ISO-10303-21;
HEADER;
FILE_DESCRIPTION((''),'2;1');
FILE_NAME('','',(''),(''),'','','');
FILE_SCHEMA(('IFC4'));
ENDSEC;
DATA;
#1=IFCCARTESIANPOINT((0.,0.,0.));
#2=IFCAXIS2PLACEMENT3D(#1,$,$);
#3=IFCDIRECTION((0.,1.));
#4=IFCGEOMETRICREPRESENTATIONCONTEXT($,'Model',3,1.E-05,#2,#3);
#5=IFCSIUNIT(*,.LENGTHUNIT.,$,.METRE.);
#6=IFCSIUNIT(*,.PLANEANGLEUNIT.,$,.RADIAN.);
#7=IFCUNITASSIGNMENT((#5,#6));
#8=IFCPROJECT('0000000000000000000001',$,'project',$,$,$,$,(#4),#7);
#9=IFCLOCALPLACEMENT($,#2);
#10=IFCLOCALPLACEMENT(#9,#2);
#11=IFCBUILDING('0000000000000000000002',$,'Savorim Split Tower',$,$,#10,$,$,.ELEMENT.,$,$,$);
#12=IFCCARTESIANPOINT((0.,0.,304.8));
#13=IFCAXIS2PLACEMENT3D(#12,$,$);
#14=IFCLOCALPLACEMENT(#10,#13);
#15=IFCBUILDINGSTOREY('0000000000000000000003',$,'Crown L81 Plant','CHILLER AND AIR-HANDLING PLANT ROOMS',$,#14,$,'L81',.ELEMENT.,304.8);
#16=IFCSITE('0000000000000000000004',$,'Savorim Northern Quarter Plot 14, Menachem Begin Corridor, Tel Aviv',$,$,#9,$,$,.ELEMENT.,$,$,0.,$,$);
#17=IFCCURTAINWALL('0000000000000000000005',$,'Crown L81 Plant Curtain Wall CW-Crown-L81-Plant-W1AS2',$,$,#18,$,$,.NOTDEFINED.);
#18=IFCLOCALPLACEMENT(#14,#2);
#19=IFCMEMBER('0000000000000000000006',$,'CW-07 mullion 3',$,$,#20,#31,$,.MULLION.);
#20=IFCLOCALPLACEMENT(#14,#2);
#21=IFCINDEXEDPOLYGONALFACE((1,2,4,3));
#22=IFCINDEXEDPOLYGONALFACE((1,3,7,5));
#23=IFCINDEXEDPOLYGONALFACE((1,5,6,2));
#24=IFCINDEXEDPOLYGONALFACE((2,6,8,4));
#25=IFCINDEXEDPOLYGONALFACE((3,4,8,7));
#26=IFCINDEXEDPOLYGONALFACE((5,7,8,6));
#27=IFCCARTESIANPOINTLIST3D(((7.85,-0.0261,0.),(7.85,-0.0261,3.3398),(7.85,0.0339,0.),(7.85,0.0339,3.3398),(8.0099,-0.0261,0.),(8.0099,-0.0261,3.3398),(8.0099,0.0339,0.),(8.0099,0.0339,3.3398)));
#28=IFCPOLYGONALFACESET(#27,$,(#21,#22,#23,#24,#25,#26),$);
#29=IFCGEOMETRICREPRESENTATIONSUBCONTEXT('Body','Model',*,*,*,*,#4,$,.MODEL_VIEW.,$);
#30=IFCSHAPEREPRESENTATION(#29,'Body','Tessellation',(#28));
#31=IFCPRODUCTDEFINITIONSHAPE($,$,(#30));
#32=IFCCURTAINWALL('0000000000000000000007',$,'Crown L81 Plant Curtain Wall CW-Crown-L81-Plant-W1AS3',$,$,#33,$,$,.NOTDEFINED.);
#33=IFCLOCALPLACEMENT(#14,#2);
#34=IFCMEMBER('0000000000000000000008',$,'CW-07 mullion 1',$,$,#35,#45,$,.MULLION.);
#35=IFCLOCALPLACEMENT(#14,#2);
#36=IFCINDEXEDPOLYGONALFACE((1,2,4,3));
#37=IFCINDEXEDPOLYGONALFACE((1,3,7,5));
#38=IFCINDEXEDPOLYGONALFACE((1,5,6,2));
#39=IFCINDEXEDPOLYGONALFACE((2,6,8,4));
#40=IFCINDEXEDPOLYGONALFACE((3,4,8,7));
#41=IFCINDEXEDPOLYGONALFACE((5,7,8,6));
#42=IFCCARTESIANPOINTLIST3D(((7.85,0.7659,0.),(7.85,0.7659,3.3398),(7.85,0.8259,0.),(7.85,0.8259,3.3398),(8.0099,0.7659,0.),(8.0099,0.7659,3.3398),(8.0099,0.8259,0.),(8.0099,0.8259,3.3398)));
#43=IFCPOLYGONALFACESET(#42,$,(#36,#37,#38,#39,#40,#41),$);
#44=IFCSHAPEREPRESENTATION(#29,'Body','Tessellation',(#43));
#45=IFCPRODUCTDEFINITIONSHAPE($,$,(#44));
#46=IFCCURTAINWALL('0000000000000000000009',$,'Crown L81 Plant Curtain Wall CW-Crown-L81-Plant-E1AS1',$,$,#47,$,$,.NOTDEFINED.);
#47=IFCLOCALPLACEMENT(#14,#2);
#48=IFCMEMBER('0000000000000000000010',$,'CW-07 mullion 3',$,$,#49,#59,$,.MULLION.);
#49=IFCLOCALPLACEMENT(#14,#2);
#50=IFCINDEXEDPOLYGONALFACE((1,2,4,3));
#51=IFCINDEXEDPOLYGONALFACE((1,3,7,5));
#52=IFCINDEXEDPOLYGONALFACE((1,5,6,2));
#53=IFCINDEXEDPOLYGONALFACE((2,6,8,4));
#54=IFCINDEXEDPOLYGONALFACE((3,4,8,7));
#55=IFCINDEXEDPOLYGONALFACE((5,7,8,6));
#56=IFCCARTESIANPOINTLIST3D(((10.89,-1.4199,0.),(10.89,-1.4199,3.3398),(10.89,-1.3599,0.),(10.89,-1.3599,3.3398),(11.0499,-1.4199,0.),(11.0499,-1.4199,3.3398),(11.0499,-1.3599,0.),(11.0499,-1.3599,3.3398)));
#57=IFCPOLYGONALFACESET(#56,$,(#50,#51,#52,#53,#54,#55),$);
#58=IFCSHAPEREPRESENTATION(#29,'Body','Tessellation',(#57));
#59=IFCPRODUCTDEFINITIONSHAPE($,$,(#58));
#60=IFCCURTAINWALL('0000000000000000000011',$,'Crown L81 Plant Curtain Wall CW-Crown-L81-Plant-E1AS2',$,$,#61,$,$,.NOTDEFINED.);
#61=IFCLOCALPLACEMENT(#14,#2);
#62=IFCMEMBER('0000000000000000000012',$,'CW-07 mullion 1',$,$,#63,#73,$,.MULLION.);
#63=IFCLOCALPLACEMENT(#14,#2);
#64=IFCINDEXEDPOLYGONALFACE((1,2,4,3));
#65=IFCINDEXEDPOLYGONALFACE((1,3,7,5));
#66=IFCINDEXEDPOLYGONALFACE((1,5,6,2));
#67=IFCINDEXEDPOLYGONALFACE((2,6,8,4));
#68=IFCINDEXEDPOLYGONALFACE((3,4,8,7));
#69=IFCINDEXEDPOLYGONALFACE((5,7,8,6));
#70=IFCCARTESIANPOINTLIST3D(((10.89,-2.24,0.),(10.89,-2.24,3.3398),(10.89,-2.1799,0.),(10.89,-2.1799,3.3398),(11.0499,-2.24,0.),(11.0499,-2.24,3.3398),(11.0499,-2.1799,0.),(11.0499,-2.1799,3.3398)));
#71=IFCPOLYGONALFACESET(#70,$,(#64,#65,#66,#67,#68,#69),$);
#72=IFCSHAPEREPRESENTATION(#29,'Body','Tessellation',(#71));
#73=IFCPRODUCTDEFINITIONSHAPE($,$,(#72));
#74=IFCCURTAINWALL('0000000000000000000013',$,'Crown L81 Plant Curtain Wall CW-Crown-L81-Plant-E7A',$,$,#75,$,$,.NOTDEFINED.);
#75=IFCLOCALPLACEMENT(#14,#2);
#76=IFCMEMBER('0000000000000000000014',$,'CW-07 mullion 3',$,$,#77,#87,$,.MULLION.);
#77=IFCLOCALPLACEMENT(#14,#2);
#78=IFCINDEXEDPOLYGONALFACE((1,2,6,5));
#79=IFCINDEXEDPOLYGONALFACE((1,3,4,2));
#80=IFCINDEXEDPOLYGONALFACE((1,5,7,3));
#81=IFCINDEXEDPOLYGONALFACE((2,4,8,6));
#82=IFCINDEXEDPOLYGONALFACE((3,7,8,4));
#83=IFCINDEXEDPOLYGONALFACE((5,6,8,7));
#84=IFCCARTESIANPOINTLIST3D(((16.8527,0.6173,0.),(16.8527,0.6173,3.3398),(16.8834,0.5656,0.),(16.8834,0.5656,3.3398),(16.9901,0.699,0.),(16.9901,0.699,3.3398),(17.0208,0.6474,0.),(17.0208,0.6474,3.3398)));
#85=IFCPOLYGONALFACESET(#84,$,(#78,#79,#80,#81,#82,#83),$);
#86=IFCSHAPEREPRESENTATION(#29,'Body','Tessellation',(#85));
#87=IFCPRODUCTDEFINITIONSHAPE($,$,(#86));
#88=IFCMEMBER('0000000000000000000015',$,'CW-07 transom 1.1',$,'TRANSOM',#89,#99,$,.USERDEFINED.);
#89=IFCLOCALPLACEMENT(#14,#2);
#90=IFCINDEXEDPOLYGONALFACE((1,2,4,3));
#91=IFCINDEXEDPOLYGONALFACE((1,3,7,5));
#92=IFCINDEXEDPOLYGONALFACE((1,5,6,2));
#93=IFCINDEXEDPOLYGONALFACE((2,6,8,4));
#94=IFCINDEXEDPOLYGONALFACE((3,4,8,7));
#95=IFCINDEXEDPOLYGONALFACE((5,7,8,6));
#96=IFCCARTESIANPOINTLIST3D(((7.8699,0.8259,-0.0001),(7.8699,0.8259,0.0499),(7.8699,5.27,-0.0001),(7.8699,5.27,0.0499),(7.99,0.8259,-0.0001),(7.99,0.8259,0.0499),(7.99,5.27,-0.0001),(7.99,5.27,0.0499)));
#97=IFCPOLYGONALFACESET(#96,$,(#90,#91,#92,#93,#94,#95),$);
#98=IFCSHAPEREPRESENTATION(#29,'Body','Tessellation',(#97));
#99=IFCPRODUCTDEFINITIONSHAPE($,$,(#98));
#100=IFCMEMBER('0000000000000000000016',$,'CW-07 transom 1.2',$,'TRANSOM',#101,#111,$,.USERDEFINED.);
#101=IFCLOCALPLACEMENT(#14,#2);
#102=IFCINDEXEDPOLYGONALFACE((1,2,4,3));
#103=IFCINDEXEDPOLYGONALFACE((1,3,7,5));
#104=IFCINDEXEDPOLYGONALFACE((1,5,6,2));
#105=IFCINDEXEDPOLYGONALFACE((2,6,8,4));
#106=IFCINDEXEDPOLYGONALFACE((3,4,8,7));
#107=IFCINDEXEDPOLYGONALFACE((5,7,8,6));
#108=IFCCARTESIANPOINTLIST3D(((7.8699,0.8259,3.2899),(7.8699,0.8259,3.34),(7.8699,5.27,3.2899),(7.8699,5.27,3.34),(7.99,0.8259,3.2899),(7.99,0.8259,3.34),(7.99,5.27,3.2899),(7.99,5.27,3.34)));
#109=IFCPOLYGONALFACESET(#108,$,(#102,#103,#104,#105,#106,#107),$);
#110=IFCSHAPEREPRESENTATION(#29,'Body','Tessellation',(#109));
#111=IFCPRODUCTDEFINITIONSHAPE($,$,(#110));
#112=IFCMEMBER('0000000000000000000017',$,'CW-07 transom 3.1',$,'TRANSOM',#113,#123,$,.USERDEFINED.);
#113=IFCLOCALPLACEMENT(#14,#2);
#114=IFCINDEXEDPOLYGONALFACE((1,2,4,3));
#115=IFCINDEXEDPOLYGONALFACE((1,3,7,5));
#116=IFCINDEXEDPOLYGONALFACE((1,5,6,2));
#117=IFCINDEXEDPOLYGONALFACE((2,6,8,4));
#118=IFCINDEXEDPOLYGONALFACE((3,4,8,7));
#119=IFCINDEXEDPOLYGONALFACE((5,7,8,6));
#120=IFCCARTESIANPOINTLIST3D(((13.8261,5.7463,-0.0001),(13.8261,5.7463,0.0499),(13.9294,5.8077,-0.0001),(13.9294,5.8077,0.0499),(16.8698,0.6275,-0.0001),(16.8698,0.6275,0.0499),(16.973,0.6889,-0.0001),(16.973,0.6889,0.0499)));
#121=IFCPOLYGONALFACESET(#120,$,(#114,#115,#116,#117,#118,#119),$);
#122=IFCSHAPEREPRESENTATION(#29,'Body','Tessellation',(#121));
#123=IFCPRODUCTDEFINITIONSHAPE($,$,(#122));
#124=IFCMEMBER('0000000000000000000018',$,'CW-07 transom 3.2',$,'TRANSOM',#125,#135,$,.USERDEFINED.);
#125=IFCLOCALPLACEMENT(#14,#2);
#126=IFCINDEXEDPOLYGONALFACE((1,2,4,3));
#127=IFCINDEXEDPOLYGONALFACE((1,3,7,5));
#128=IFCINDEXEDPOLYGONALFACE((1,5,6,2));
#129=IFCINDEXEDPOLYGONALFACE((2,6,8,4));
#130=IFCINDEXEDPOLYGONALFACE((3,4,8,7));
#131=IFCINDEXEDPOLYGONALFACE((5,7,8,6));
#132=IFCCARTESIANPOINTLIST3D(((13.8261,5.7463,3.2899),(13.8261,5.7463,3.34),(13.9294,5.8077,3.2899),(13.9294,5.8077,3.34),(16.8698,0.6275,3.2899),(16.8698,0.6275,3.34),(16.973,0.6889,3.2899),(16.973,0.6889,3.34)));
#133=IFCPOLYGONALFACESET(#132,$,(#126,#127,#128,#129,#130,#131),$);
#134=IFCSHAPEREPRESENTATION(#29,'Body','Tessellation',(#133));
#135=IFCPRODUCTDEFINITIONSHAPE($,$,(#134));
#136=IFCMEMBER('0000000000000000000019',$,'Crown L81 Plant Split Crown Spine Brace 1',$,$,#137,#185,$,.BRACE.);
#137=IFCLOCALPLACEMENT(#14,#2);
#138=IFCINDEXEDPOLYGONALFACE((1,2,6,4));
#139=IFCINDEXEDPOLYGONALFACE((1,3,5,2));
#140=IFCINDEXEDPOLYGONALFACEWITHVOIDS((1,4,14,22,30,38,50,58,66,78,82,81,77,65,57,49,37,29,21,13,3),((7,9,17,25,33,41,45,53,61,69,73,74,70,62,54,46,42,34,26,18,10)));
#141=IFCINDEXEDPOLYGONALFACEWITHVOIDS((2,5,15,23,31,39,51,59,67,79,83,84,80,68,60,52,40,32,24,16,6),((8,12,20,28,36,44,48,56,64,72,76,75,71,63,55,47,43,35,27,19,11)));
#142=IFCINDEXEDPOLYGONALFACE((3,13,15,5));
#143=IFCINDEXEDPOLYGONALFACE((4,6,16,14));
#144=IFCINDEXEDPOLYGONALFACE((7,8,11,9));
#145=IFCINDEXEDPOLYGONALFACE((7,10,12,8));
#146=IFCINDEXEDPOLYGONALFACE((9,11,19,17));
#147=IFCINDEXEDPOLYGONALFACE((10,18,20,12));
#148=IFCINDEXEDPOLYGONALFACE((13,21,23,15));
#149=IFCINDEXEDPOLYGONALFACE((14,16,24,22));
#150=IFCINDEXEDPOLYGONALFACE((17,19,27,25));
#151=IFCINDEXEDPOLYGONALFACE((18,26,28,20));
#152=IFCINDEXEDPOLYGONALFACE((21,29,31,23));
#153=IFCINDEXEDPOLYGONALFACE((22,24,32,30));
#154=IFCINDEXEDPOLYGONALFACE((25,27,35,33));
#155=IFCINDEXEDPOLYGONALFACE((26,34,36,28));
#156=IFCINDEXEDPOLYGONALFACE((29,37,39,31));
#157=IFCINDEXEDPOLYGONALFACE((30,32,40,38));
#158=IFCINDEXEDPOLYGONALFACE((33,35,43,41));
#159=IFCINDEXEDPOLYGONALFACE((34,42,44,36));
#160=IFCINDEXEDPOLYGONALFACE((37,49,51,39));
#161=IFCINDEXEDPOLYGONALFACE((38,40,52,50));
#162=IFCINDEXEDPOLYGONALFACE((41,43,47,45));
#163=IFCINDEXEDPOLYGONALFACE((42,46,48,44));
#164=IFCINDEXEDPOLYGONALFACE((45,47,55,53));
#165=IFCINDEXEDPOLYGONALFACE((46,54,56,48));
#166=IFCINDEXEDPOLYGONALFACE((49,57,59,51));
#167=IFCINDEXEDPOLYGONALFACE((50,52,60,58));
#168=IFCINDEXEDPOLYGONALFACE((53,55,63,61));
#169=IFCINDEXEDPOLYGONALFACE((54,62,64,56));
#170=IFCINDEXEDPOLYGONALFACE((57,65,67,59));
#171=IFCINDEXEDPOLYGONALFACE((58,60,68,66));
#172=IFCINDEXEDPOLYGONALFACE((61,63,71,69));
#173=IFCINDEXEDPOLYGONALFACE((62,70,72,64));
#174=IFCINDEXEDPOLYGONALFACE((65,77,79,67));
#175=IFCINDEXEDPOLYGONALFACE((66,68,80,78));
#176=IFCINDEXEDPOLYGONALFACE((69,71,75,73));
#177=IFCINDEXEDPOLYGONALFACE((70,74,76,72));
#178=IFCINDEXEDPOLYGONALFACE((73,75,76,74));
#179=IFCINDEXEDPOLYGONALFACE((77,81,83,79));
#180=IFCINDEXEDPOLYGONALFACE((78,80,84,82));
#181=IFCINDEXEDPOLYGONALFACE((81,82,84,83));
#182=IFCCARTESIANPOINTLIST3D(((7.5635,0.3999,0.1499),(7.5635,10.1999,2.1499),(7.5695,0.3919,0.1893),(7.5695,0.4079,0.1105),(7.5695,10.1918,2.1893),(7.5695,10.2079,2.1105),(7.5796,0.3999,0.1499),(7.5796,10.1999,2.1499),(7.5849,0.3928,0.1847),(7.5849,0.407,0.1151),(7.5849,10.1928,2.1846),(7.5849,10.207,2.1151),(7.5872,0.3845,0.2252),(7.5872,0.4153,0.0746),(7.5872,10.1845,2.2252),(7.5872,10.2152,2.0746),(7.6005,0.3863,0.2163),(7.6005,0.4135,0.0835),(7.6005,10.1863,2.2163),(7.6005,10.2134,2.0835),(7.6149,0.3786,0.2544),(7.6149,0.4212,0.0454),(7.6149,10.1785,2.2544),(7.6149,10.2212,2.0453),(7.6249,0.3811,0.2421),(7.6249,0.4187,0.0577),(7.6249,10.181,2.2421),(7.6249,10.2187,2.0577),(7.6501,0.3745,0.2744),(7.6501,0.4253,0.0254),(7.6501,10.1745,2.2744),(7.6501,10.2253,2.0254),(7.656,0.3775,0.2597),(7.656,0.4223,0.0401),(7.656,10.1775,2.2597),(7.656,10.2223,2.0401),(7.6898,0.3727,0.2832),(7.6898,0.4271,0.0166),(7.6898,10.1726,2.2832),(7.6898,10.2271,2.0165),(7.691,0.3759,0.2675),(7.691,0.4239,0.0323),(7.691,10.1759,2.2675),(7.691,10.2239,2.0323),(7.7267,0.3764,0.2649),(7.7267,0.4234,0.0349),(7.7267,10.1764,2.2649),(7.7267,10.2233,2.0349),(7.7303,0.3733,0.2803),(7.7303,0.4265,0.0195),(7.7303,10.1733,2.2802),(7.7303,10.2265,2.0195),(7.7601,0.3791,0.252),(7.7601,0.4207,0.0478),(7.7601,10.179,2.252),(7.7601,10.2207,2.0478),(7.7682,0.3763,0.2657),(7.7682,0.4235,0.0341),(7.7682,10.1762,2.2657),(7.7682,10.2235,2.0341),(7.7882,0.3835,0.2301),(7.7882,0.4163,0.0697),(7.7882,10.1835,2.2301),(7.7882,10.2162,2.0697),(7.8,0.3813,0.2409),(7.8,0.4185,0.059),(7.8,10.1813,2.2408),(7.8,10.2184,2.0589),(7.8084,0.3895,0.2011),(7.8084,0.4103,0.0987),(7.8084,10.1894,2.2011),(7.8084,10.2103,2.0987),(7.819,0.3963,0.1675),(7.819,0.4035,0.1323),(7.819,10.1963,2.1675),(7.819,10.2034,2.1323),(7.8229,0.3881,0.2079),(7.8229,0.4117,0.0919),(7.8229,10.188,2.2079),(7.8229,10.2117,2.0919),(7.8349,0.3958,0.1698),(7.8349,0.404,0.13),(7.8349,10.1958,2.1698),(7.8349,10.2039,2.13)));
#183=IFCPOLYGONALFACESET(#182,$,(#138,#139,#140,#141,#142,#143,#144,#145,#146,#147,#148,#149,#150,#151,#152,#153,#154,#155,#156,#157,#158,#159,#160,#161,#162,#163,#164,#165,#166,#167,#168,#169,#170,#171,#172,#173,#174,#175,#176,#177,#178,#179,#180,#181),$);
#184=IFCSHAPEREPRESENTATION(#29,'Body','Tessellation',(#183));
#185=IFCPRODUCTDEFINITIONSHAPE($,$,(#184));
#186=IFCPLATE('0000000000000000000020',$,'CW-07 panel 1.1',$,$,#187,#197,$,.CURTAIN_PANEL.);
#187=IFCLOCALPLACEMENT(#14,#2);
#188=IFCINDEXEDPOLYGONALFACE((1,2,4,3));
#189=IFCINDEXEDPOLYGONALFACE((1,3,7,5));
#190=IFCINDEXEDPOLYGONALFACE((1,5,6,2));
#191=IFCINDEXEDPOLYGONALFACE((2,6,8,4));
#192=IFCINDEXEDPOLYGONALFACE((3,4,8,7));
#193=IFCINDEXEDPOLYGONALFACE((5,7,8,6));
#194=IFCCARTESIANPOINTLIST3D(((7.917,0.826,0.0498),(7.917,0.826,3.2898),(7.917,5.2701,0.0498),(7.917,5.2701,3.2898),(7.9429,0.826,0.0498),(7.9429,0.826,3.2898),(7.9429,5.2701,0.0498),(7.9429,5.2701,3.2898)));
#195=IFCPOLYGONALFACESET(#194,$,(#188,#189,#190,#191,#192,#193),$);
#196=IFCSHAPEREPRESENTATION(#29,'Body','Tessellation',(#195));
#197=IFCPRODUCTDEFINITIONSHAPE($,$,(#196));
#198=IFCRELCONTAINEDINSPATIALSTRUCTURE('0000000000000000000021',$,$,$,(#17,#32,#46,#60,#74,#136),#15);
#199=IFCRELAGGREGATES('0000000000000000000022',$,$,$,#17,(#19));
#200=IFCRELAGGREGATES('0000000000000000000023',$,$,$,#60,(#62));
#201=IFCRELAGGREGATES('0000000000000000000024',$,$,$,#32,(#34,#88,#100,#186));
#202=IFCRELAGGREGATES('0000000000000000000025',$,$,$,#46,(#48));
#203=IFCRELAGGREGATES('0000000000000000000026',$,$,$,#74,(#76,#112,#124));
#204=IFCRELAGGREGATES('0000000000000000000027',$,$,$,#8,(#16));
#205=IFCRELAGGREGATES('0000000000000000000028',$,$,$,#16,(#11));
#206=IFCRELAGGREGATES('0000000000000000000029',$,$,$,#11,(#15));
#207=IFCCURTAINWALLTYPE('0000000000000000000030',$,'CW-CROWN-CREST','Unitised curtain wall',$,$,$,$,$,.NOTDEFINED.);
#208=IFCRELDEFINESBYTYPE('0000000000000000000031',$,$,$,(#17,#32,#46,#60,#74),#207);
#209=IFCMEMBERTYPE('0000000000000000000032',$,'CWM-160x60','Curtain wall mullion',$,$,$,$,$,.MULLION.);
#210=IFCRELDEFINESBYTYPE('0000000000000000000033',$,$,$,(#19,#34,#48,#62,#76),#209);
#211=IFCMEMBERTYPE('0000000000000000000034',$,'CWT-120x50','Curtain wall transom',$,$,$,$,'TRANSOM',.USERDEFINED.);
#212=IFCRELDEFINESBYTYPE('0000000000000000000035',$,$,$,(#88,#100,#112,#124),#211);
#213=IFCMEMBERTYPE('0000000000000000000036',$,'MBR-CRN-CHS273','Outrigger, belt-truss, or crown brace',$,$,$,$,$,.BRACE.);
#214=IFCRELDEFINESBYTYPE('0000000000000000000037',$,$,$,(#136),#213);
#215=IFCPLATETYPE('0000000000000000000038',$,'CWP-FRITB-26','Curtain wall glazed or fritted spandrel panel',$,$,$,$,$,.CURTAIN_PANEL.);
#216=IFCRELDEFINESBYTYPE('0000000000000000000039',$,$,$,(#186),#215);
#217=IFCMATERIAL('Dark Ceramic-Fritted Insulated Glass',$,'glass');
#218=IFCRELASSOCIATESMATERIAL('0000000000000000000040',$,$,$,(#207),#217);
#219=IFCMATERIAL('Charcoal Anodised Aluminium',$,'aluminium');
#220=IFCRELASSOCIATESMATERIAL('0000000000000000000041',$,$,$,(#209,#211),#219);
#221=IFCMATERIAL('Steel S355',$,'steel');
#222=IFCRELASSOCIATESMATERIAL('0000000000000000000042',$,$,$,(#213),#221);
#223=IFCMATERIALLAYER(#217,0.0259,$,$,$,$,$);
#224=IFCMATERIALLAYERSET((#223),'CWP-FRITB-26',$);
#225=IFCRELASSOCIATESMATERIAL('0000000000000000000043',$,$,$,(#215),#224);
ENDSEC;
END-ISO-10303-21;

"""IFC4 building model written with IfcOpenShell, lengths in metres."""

from ifc_helpers import new_model, si_unit, direction, frame, origin, origin_2d, place, context, subcontext, project, spatial, rectangle, hollow_circle, extrude, material, layer, layer_set, material_profile, profile_set, type_object, element, aggregate, save


model = new_model("IFC4")

# Units and contexts
model_context = context("Model", 3, precision=1e-05, world=origin(), true_north=direction((0.0, 1.0)))
body_context = subcontext(model_context, "Body", "Model", "MODEL_VIEW")
ifc_project = project(units=[si_unit("LENGTHUNIT", "METRE"), si_unit("PLANEANGLEUNIT", "RADIAN")], contexts=[model_context])

# Site, building, storey
site_placement = place(None, origin())
site = spatial("IfcSite", under=ifc_project, at=site_placement, Name="Savorim Northern Quarter Plot 14, Menachem Begin Corridor, Tel Aviv", CompositionType="ELEMENT", RefElevation=0.0)
building_placement = place(site_placement, origin())
building = spatial("IfcBuilding", under=site, at=building_placement, Name="Savorim Split Tower", CompositionType="ELEMENT")
storey_placement = place(building_placement, frame((0.0, 0.0, 304.8)))
storey = spatial("IfcBuildingStorey", under=building, at=storey_placement, Name="Crown L81 Plant", Description="CHILLER AND AIR-HANDLING PLANT ROOMS", LongName="L81", CompositionType="ELEMENT", Elevation=304.8)

# Shared definitions
ifc_material_1 = material(Name="Steel S355", Category="steel")

# Curtain walls, members
ifc_material_2 = material(Name="Dark Ceramic-Fritted Insulated Glass", Category="glass")
curtain_wall_type = type_object("IfcCurtainWallType", Name="CW-CROWN-CREST", Description="Unitised curtain wall", PredefinedType="NOTDEFINED", material=ifc_material_2)
curtain_wall_1_placement = place(storey_placement, origin())
curtain_wall_1 = element("IfcCurtainWall", 1, at=curtain_wall_1_placement, inside=storey, type_object=curtain_wall_type, Name="Crown L81 Plant Curtain Wall CW-Crown-L81-Plant-W1AS2", PredefinedType="NOTDEFINED")
ifc_material_3 = material(Name="Charcoal Anodised Aluminium", Category="aluminium")
ifc_material_profile_1 = material_profile(ifc_material_3, rectangle(XDim=0.1599, YDim=0.0601, at=origin_2d()), Name="ALU-M 160x60")
ifc_profile_set_1 = profile_set([ifc_material_profile_1], Name="Charcoal Anodised Aluminium")
member_type_1 = type_object("IfcMemberType", Name="CWM-160x60", Description="Curtain wall mullion", PredefinedType="MULLION", material=ifc_profile_set_1)
member_1_placement = place(storey_placement, frame((7.9299, 0.0039, 0.0), z_axis=(0.0, 0.0, 1.0), x_axis=(-1.0, 0.0, 0.0)))
member_1 = element("IfcMember", 2, at=member_1_placement, type_object=member_type_1, Name="CW-07 mullion 3", PredefinedType="MULLION", context=body_context, shape_type="SweptSolid", body=[
    extrude(rectangle(XDim=0.1599, YDim=0.0601, at=origin_2d()), origin(), (0.0, 0.0, 1.0), 3.3398),
])
aggregate(curtain_wall_1, [member_1])
curtain_wall_2_placement = place(storey_placement, origin())
curtain_wall_2 = element("IfcCurtainWall", 3, at=curtain_wall_2_placement, inside=storey, type_object=curtain_wall_type, Name="Crown L81 Plant Curtain Wall CW-Crown-L81-Plant-W1AS3", PredefinedType="NOTDEFINED")
member_2_placement = place(storey_placement, frame((7.9299, 0.7959, 0.0), z_axis=(0.0, 0.0, 1.0), x_axis=(-1.0, 0.0, 0.0)))
member_2 = element("IfcMember", 4, at=member_2_placement, type_object=member_type_1, Name="CW-07 mullion 1", PredefinedType="MULLION", context=body_context, shape_type="SweptSolid", body=[
    extrude(rectangle(XDim=0.1599, YDim=0.0601, at=origin_2d()), origin(), (0.0, 0.0, 1.0), 3.3398),
])
curtain_wall_3_placement = place(storey_placement, origin())
curtain_wall_3 = element("IfcCurtainWall", 5, at=curtain_wall_3_placement, inside=storey, type_object=curtain_wall_type, Name="Crown L81 Plant Curtain Wall CW-Crown-L81-Plant-E1AS1", PredefinedType="NOTDEFINED")
member_3_placement = place(storey_placement, frame((10.97, -1.3899, 0.0), z_axis=(0.0, 0.0, 1.0), x_axis=(1.0, 0.0, 0.0)))
member_3 = element("IfcMember", 6, at=member_3_placement, type_object=member_type_1, Name="CW-07 mullion 3", PredefinedType="MULLION", context=body_context, shape_type="SweptSolid", body=[
    extrude(rectangle(XDim=0.1599, YDim=0.0601, at=origin_2d()), origin(), (0.0, 0.0, 1.0), 3.3398),
])
curtain_wall_4_placement = place(storey_placement, origin())
curtain_wall_4 = element("IfcCurtainWall", 7, at=curtain_wall_4_placement, inside=storey, type_object=curtain_wall_type, Name="Crown L81 Plant Curtain Wall CW-Crown-L81-Plant-E1AS2", PredefinedType="NOTDEFINED")
member_4_placement = place(storey_placement, frame((10.97, -2.21, 0.0), z_axis=(0.0, 0.0, 1.0), x_axis=(1.0, 0.0, 0.0)))
member_4 = element("IfcMember", 8, at=member_4_placement, type_object=member_type_1, Name="CW-07 mullion 1", PredefinedType="MULLION", context=body_context, shape_type="SweptSolid", body=[
    extrude(rectangle(XDim=0.1599, YDim=0.0601, at=origin_2d()), origin(), (0.0, 0.0, 1.0), 3.3398),
])
aggregate(curtain_wall_4, [member_4])
curtain_wall_5_placement = place(storey_placement, origin())
curtain_wall_5 = element("IfcCurtainWall", 9, at=curtain_wall_5_placement, inside=storey, type_object=curtain_wall_type, Name="Crown L81 Plant Curtain Wall CW-Crown-L81-Plant-E7A", PredefinedType="NOTDEFINED")
member_5_placement = place(storey_placement, frame((16.9368, 0.6323, 0.0), z_axis=(0.0, 0.0, 1.0), x_axis=(-0.859525, -0.511094, 0.0)))
member_5 = element("IfcMember", 10, at=member_5_placement, type_object=member_type_1, Name="CW-07 mullion 3", PredefinedType="MULLION", context=body_context, shape_type="SweptSolid", body=[
    extrude(rectangle(XDim=0.1599, YDim=0.0601, at=origin_2d()), origin(), (0.0, 0.0, 1.0), 3.3398),
])

# Members
ifc_material_profile_2 = material_profile(ifc_material_3, rectangle(XDim=0.1201, YDim=0.05, at=origin_2d()), Name="ALU-T 120x50")
ifc_profile_set_2 = profile_set([ifc_material_profile_2], Name="Charcoal Anodised Aluminium")
member_type_2 = type_object("IfcMemberType", Name="CWT-120x50", Description="Curtain wall transom", ElementType="TRANSOM", PredefinedType="USERDEFINED", material=ifc_profile_set_2)
member_6_placement = place(storey_placement, frame((7.9299, 0.8259, 0.0249), z_axis=(0.0, 1.0, 0.0), x_axis=(-1.0, 0.0, 0.0)))
member_6 = element("IfcMember", 11, at=member_6_placement, type_object=member_type_2, Name="CW-07 transom 1.1", ObjectType="TRANSOM", PredefinedType="USERDEFINED", context=body_context, shape_type="SweptSolid", body=[
    extrude(rectangle(XDim=0.1201, YDim=0.05, at=origin_2d()), origin(), (0.0, 0.0, 1.0), 4.4441),
])
member_7_placement = place(storey_placement, frame((7.9299, 0.8259, 3.3149), z_axis=(0.0, 1.0, 0.0), x_axis=(-1.0, 0.0, 0.0)))
member_7 = element("IfcMember", 12, at=member_7_placement, type_object=member_type_2, Name="CW-07 transom 1.2", ObjectType="TRANSOM", PredefinedType="USERDEFINED", context=body_context, shape_type="SweptSolid", body=[
    extrude(rectangle(XDim=0.1201, YDim=0.05, at=origin_2d()), origin(), (0.0, 0.0, 1.0), 4.4441),
])
member_8_placement = place(storey_placement, frame((16.9214, 0.6582, 0.0249), z_axis=(-0.511079, 0.859533, 0.0), x_axis=(-0.859533, -0.511079, 0.0)))
member_8 = element("IfcMember", 13, at=member_8_placement, type_object=member_type_2, Name="CW-07 transom 3.1", ObjectType="TRANSOM", PredefinedType="USERDEFINED", context=body_context, shape_type="SweptSolid", body=[
    extrude(rectangle(XDim=0.1201, YDim=0.05, at=origin_2d()), origin(), (0.0, 0.0, 1.0), 5.9553),
])
member_9_placement = place(storey_placement, frame((16.9214, 0.6582, 3.3149), z_axis=(-0.511079, 0.859533, 0.0), x_axis=(-0.859533, -0.511079, 0.0)))
member_9 = element("IfcMember", 14, at=member_9_placement, type_object=member_type_2, Name="CW-07 transom 3.2", ObjectType="TRANSOM", PredefinedType="USERDEFINED", context=body_context, shape_type="SweptSolid", body=[
    extrude(rectangle(XDim=0.1201, YDim=0.05, at=origin_2d()), origin(), (0.0, 0.0, 1.0), 5.9553),
])
ifc_material_profile_3 = material_profile(ifc_material_1, hollow_circle(Radius=0.1365, WallThickness=0.0161, at=origin_2d()), Name="CHS 273x16")
ifc_profile_set_3 = profile_set([ifc_material_profile_3], Name="Steel S355")
member_type_3 = type_object("IfcMemberType", Name="MBR-CRN-CHS273", Description="Outrigger, belt-truss, or crown brace", PredefinedType="BRACE", material=ifc_profile_set_3)
member_10_placement = place(storey_placement, frame((7.7, 0.3999, 0.1499), z_axis=(0.0, 0.979804, 0.199959), x_axis=(-1.0, 0.0, 0.0)))
element("IfcMember", 15, at=member_10_placement, inside=storey, type_object=member_type_3, Name="Crown L81 Plant Split Crown Spine Brace 1", PredefinedType="BRACE", context=body_context, shape_type="SweptSolid", body=[
    extrude(hollow_circle(Radius=0.1365, WallThickness=0.0161, at=origin_2d()), origin(), (0.0, 0.0, 1.0), 10.002),
])

# Plate
ifc_layer_1 = layer(ifc_material_2, 0.0259)
ifc_layer_set_1 = layer_set([ifc_layer_1], Name="CWP-FRITB-26")
plate_type_1 = type_object("IfcPlateType", Name="CWP-FRITB-26", Description="Curtain wall glazed or fritted spandrel panel", PredefinedType="CURTAIN_PANEL", material=ifc_layer_set_1)
plate_1_placement = place(storey_placement, frame((7.9299, 3.0481, 0.0498), z_axis=(0.0, 0.0, 1.0), x_axis=(0.0, 1.0, 0.0)))
plate_1 = element("IfcPlate", 16, at=plate_1_placement, type_object=plate_type_1, Name="CW-07 panel 1.1", PredefinedType="CURTAIN_PANEL", context=body_context, shape_type="SweptSolid", body=[
    extrude(rectangle(XDim=4.4441, YDim=0.0259, at=origin_2d()), origin(), (0.0, 0.0, 1.0), 3.24),
])
aggregate(curtain_wall_2, [member_2, member_6, member_7, plate_1])
aggregate(curtain_wall_3, [member_3])
aggregate(curtain_wall_5, [member_5, member_8, member_9])

save(model, "model.ifc")
